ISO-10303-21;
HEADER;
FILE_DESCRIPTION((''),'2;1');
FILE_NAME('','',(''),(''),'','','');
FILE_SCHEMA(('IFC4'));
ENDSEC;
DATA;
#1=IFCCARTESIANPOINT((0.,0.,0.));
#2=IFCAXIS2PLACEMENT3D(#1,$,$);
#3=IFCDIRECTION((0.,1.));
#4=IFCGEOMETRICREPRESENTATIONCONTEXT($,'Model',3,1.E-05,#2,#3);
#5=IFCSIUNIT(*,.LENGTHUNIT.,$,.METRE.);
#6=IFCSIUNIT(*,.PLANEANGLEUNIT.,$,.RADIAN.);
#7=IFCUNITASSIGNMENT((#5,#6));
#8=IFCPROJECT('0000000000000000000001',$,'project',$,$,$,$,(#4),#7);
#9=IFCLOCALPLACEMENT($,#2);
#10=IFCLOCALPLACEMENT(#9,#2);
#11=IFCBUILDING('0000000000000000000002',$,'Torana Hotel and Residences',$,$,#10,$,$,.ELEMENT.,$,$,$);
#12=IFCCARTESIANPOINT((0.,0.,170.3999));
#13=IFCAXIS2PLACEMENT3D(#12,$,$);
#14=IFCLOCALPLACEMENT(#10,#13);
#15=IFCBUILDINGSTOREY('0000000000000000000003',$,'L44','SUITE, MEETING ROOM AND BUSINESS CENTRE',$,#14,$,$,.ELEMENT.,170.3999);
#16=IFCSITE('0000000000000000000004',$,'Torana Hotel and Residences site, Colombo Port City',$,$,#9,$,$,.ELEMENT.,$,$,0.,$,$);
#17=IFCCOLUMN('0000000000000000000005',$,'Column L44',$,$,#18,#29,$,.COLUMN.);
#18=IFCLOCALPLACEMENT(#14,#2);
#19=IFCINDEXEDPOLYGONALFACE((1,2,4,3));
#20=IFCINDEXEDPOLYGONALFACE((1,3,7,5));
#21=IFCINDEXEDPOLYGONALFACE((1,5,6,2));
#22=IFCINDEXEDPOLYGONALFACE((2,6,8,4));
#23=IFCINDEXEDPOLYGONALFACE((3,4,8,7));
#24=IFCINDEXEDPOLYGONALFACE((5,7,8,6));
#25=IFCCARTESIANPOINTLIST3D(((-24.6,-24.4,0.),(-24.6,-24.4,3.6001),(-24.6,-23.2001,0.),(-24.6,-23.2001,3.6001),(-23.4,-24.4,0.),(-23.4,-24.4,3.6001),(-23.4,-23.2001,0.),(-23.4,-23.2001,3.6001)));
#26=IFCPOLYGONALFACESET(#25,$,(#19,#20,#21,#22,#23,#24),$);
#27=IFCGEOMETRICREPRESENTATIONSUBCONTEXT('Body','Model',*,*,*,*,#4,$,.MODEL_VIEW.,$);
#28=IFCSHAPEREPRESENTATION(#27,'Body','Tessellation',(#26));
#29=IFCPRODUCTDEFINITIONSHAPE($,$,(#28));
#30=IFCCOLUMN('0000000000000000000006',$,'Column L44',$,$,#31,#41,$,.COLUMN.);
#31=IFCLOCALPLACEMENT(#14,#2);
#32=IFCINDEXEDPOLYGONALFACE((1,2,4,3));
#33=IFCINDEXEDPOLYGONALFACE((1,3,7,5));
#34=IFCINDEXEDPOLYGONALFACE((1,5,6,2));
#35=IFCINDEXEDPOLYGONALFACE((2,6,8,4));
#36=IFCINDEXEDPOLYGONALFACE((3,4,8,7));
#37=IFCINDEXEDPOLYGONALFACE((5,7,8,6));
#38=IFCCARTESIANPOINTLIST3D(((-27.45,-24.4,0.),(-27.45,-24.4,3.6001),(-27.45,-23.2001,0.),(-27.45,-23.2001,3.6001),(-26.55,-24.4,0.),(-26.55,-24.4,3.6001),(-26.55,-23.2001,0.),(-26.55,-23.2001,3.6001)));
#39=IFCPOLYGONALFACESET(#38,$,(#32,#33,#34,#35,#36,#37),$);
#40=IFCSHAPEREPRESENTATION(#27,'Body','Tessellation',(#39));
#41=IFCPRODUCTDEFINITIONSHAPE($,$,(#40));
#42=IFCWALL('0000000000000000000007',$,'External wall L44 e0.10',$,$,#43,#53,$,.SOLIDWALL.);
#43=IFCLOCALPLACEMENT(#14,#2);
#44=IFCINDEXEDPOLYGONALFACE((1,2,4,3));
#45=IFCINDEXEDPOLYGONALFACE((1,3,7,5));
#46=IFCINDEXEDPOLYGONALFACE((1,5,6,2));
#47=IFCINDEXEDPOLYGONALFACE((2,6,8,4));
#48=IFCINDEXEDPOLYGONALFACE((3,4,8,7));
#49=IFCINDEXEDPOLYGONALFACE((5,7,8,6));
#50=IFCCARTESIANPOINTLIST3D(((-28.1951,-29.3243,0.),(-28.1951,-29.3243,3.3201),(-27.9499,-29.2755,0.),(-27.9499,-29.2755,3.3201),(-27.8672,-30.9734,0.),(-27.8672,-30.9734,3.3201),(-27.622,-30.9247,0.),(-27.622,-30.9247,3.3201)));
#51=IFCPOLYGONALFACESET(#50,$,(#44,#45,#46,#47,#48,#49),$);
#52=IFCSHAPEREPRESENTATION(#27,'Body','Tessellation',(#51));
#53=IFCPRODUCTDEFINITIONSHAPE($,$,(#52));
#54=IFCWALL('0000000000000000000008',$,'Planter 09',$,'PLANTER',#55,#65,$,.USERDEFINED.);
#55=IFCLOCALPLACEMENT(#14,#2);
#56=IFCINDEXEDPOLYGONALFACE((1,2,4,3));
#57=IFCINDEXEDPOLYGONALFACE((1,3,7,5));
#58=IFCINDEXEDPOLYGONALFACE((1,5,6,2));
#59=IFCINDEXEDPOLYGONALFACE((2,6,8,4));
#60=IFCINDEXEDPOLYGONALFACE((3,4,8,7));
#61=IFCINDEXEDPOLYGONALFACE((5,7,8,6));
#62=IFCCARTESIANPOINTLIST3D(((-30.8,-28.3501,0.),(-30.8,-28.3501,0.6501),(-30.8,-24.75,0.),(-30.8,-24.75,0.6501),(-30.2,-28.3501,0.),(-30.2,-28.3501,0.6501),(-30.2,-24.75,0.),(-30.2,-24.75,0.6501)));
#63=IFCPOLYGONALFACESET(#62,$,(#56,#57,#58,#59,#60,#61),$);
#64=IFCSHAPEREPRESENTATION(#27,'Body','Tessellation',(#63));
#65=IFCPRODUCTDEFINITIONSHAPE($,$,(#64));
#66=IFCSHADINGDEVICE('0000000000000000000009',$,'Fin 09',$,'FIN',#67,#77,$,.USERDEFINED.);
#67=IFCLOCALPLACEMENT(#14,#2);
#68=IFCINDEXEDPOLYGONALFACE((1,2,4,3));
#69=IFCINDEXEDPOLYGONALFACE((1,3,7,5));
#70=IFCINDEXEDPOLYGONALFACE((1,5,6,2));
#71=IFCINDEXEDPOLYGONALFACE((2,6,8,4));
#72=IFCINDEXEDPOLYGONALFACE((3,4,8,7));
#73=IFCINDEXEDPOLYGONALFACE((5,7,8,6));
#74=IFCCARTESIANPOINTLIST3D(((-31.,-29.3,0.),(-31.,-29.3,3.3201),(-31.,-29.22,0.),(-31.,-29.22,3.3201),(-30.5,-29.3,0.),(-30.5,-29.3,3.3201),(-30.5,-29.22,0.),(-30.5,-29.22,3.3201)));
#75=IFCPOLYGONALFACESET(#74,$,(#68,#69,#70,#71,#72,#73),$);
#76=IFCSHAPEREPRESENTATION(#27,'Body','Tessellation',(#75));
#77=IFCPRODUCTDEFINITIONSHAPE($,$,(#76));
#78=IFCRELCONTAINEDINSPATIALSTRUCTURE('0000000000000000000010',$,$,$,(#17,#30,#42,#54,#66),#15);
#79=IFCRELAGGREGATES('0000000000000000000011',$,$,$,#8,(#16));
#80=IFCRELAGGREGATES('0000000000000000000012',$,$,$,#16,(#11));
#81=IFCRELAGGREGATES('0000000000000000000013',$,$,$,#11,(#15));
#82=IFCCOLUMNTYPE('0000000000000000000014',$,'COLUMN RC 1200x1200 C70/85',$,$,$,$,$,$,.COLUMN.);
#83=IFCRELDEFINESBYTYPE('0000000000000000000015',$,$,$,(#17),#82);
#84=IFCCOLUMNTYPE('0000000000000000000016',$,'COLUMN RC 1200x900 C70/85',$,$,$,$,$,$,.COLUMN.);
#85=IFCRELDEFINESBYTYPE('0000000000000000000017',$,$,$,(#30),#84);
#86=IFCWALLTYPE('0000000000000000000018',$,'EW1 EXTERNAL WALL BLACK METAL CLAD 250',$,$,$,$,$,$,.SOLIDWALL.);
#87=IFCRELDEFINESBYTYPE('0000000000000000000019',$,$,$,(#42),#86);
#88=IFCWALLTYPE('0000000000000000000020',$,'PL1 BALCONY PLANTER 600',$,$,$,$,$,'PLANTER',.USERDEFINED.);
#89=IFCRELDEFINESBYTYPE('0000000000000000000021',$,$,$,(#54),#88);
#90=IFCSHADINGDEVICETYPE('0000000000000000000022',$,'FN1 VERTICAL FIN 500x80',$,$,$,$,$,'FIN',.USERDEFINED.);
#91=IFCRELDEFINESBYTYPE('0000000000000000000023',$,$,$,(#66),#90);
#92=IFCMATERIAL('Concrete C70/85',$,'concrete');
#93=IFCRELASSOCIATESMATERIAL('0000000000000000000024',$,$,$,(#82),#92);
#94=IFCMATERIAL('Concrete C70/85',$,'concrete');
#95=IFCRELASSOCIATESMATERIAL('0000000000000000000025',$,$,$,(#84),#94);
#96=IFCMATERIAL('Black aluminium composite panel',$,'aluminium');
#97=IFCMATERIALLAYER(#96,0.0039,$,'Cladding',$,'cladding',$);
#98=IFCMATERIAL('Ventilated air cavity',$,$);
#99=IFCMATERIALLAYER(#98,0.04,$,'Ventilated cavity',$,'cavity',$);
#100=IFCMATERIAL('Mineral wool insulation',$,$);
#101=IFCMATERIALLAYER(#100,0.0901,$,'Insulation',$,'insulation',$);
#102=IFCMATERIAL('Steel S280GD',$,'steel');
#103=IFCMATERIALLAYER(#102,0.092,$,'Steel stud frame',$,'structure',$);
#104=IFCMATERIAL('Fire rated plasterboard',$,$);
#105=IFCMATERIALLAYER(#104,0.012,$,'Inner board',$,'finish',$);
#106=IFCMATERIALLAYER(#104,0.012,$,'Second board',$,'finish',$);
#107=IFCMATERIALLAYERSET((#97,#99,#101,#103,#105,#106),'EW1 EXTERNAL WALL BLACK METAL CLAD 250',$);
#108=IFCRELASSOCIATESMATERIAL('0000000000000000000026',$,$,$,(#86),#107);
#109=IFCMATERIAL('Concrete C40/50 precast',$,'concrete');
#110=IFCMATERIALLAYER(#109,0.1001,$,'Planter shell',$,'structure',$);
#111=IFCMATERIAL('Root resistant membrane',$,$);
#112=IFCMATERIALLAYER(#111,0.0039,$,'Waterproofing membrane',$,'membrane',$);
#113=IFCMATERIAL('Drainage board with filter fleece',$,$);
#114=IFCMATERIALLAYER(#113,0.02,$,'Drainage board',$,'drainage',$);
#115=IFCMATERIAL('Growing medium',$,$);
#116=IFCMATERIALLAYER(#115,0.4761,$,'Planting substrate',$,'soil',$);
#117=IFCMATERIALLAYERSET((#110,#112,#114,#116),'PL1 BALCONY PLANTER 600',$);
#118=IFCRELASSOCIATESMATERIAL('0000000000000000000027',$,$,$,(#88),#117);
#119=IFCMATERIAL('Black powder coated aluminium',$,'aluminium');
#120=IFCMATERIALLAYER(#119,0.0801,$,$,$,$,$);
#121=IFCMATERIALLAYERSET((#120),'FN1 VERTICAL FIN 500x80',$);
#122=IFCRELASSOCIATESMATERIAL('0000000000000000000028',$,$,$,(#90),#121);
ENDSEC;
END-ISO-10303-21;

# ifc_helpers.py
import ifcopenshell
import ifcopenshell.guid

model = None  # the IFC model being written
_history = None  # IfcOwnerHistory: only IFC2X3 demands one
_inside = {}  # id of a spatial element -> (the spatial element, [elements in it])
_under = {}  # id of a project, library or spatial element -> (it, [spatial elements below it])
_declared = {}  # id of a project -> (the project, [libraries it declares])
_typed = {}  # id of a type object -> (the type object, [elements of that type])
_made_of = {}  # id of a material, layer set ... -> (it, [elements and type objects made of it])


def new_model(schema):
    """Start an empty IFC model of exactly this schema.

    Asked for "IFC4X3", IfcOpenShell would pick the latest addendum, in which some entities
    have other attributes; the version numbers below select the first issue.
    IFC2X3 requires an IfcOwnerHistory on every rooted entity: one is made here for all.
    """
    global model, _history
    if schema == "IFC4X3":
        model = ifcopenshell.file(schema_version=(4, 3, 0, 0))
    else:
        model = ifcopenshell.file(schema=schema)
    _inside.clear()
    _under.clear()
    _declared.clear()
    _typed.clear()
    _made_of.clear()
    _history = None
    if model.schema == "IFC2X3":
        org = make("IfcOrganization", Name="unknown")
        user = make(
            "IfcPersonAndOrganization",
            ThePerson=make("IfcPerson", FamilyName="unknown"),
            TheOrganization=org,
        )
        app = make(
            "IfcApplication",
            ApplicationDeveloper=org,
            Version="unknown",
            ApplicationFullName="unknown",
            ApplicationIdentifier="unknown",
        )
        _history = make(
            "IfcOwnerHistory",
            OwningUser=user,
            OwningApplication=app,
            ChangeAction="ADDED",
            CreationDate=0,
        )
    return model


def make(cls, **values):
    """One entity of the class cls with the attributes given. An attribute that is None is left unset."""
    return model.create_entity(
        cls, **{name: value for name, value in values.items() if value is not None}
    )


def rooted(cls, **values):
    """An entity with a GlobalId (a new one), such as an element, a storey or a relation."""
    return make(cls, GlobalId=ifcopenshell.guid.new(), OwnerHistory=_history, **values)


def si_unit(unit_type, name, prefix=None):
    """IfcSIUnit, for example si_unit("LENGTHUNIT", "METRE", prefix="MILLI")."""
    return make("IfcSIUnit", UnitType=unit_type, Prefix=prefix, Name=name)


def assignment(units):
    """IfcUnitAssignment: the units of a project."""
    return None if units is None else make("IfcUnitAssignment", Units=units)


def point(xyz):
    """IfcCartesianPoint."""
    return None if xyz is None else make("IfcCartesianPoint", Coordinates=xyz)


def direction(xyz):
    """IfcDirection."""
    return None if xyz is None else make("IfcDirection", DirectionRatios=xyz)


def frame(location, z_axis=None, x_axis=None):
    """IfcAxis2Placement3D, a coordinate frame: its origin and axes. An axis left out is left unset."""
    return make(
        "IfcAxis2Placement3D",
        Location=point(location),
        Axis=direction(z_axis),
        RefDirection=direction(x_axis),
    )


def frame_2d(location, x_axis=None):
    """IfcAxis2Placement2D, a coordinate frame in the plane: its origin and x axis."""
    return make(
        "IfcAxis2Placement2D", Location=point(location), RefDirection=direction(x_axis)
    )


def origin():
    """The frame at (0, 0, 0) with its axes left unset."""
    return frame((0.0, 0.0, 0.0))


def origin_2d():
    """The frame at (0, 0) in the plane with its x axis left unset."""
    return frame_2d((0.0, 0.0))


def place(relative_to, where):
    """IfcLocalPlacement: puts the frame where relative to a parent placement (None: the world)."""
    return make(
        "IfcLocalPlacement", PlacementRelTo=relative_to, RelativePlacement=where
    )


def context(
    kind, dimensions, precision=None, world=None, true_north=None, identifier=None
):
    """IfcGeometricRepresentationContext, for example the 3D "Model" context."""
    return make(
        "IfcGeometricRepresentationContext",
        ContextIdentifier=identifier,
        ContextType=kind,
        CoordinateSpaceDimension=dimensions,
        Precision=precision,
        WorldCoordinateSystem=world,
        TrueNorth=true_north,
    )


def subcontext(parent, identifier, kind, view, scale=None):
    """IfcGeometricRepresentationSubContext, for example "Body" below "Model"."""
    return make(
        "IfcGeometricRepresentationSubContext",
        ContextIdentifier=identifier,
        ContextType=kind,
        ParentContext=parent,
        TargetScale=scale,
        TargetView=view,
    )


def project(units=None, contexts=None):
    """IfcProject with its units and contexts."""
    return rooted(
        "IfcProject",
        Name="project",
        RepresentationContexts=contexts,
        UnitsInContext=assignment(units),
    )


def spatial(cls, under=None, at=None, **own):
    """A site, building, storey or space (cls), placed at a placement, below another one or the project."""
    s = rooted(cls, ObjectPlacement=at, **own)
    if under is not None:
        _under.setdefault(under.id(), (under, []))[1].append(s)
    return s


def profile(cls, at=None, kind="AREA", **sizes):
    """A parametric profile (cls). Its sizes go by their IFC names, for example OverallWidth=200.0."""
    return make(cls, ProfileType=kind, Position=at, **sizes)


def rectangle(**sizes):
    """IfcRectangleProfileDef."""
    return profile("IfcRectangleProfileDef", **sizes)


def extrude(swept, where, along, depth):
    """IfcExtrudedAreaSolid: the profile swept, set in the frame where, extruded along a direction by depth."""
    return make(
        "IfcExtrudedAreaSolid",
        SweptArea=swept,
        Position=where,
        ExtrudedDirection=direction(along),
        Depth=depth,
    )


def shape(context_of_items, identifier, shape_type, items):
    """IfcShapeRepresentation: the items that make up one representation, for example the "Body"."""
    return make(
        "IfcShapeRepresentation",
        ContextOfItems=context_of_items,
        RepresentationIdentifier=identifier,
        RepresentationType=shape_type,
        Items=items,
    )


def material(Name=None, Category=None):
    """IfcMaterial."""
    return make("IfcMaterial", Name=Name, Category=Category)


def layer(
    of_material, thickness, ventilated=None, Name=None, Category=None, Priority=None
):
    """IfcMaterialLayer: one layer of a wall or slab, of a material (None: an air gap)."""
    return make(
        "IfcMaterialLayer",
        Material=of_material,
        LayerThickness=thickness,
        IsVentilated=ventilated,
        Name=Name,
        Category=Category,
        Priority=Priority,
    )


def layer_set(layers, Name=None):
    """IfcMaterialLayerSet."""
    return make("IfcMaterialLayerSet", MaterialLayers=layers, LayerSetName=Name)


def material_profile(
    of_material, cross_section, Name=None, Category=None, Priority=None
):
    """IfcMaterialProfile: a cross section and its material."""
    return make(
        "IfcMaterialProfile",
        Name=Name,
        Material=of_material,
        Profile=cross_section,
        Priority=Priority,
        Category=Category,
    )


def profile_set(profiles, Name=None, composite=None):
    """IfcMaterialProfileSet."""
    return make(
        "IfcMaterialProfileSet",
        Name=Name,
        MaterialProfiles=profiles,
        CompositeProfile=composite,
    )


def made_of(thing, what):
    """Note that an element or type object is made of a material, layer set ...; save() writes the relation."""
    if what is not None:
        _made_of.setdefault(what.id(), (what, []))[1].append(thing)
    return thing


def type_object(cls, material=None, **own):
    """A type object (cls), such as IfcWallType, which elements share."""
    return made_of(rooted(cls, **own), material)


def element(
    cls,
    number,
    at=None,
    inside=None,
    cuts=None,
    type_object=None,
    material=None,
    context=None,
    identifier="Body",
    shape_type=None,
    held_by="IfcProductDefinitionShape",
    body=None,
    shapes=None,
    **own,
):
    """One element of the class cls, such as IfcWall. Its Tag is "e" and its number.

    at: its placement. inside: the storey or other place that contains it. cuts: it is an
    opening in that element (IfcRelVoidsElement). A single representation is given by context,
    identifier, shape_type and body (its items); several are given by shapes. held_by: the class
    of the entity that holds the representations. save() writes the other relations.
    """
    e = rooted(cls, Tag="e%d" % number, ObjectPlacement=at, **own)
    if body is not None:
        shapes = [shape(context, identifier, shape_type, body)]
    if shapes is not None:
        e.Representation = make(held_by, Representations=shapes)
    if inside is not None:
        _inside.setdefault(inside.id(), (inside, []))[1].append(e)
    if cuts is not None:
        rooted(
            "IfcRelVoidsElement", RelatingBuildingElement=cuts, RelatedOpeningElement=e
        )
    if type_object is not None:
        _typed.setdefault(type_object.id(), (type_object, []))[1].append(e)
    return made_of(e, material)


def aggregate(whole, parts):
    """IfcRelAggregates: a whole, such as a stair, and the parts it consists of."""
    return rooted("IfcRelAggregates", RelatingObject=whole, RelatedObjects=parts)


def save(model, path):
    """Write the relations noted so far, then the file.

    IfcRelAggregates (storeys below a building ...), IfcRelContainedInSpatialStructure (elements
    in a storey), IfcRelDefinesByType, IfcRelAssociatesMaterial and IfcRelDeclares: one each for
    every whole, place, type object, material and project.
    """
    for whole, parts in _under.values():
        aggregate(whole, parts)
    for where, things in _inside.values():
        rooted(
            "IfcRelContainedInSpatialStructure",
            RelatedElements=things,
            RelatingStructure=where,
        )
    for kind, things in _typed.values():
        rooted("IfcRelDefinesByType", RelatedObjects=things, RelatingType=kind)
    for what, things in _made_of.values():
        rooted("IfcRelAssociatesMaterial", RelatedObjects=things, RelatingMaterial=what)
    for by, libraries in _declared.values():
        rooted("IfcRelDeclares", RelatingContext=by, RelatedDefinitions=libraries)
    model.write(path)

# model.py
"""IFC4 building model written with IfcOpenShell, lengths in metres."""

from ifc_helpers import new_model, si_unit, direction, frame, frame_2d, origin, origin_2d, place, context, subcontext, project, spatial, rectangle, extrude, material, layer, layer_set, material_profile, profile_set, type_object, element, save


model = new_model("IFC4")

# Units and contexts
model_context = context("Model", 3, precision=1e-05, world=origin(), true_north=direction((0.0, 1.0)))
body_context = subcontext(model_context, "Body", "Model", "MODEL_VIEW")
ifc_project = project(units=[si_unit("LENGTHUNIT", "METRE"), si_unit("PLANEANGLEUNIT", "RADIAN")], contexts=[model_context])

# Site, building, storey
site_placement = place(None, origin())
site = spatial("IfcSite", under=ifc_project, at=site_placement, Name="Torana Hotel and Residences site, Colombo Port City", CompositionType="ELEMENT", RefElevation=0.0)
building_placement = place(site_placement, origin())
building = spatial("IfcBuilding", under=site, at=building_placement, Name="Torana Hotel and Residences", CompositionType="ELEMENT")
storey_placement = place(building_placement, frame((0.0, 0.0, 170.3999)))
storey = spatial("IfcBuildingStorey", under=building, at=storey_placement, Name="L44", Description="SUITE, MEETING ROOM AND BUSINESS CENTRE", CompositionType="ELEMENT", Elevation=170.3999)

# Columns
ifc_material_1 = material(Name="Concrete C70/85", Category="concrete")
ifc_material_profile_1 = material_profile(ifc_material_1, rectangle(XDim=1.2, YDim=1.2, at=origin_2d()), Name="RC 1200x1200")
ifc_profile_set_1 = profile_set([ifc_material_profile_1], Name="Concrete C70/85")
column_type_1 = type_object("IfcColumnType", Name="COLUMN RC 1200x1200 C70/85", PredefinedType="COLUMN", material=ifc_profile_set_1)
column_1_placement = place(storey_placement, frame((-24.0, -23.8, 0.0), z_axis=(0.0, 0.0, 1.0), x_axis=(1.0, 0.0, 0.0)))
element("IfcColumn", 1, at=column_1_placement, inside=storey, type_object=column_type_1, Name="Column L44", PredefinedType="COLUMN", context=body_context, shape_type="SweptSolid", body=[
    extrude(rectangle(XDim=1.2, YDim=1.2, at=origin_2d()), origin(), (0.0, 0.0, 1.0), 3.6001),
])
ifc_material_2 = material(Name="Concrete C70/85", Category="concrete")
ifc_material_profile_2 = material_profile(ifc_material_2, rectangle(XDim=1.2, YDim=0.8999, at=origin_2d()), Name="RC 1200x900")
ifc_profile_set_2 = profile_set([ifc_material_profile_2], Name="Concrete C70/85")
column_type_2 = type_object("IfcColumnType", Name="COLUMN RC 1200x900 C70/85", PredefinedType="COLUMN", material=ifc_profile_set_2)
column_2_placement = place(storey_placement, frame((-27.0, -23.8, 0.0), z_axis=(0.0, 0.0, 1.0), x_axis=(0.0, 1.0, 0.0)))
element("IfcColumn", 2, at=column_2_placement, inside=storey, type_object=column_type_2, Name="Column L44", PredefinedType="COLUMN", context=body_context, shape_type="SweptSolid", body=[
    extrude(rectangle(XDim=1.2, YDim=0.8999, at=origin_2d()), origin(), (0.0, 0.0, 1.0), 3.6001),
])

# Walls
ifc_material_3 = material(Name="Black aluminium composite panel", Category="aluminium")
ifc_layer_1 = layer(ifc_material_3, 0.0039, Name="Cladding", Category="cladding")
ifc_material_4 = material(Name="Ventilated air cavity")
ifc_layer_2 = layer(ifc_material_4, 0.04, Name="Ventilated cavity", Category="cavity")
ifc_material_5 = material(Name="Mineral wool insulation")
ifc_layer_3 = layer(ifc_material_5, 0.0901, Name="Insulation", Category="insulation")
ifc_material_6 = material(Name="Steel S280GD", Category="steel")
ifc_layer_4 = layer(ifc_material_6, 0.092, Name="Steel stud frame", Category="structure")
ifc_material_7 = material(Name="Fire rated plasterboard")
ifc_layer_5 = layer(ifc_material_7, 0.012, Name="Inner board", Category="finish")
ifc_layer_6 = layer(ifc_material_7, 0.012, Name="Second board", Category="finish")
ifc_layer_set_1 = layer_set([ifc_layer_1, ifc_layer_2, ifc_layer_3, ifc_layer_4, ifc_layer_5, ifc_layer_6], Name="EW1 EXTERNAL WALL BLACK METAL CLAD 250")
wall_type_1 = type_object("IfcWallType", Name="EW1 EXTERNAL WALL BLACK METAL CLAD 250", PredefinedType="SOLIDWALL", material=ifc_layer_set_1)
wall_1_placement = place(storey_placement, frame((-28.0725, -29.2998, 0.0), z_axis=(0.0, 0.0, 1.0), x_axis=(0.194999, -0.980803, 0.0)))
element("IfcWall", 3, at=wall_1_placement, inside=storey, type_object=wall_type_1, Name="External wall L44 e0.10", PredefinedType="SOLIDWALL", context=body_context, shape_type="SweptSolid", body=[
    extrude(rectangle(XDim=1.6814, YDim=0.25, at=frame_2d((0.8408, 0.0))), origin(), (0.0, 0.0, 1.0), 3.3201),
])
ifc_material_8 = material(Name="Concrete C40/50 precast", Category="concrete")
ifc_layer_7 = layer(ifc_material_8, 0.1001, Name="Planter shell", Category="structure")
ifc_material_9 = material(Name="Root resistant membrane")
ifc_layer_8 = layer(ifc_material_9, 0.0039, Name="Waterproofing membrane", Category="membrane")
ifc_material_10 = material(Name="Drainage board with filter fleece")
ifc_layer_9 = layer(ifc_material_10, 0.02, Name="Drainage board", Category="drainage")
ifc_material_11 = material(Name="Growing medium")
ifc_layer_10 = layer(ifc_material_11, 0.4761, Name="Planting substrate", Category="soil")
ifc_layer_set_2 = layer_set([ifc_layer_7, ifc_layer_8, ifc_layer_9, ifc_layer_10], Name="PL1 BALCONY PLANTER 600")
wall_type_2 = type_object("IfcWallType", Name="PL1 BALCONY PLANTER 600", ElementType="PLANTER", PredefinedType="USERDEFINED", material=ifc_layer_set_2)
wall_2_placement = place(storey_placement, frame((-30.5, -28.3501, 0.0), z_axis=(0.0, 0.0, 1.0), x_axis=(0.0, 1.0, 0.0)))
element("IfcWall", 4, at=wall_2_placement, inside=storey, type_object=wall_type_2, Name="Planter 09", ObjectType="PLANTER", PredefinedType="USERDEFINED", context=body_context, shape_type="SweptSolid", body=[
    extrude(rectangle(XDim=3.6001, YDim=0.6001, at=frame_2d((1.8, 0.0))), origin(), (0.0, 0.0, 1.0), 0.6501),
])

# Shading device
ifc_material_12 = material(Name="Black powder coated aluminium", Category="aluminium")
ifc_layer_11 = layer(ifc_material_12, 0.0801)
ifc_layer_set_3 = layer_set([ifc_layer_11], Name="FN1 VERTICAL FIN 500x80")
shading_device_type = type_object("IfcShadingDeviceType", Name="FN1 VERTICAL FIN 500x80", ElementType="FIN", PredefinedType="USERDEFINED", material=ifc_layer_set_3)
shading_device_placement = place(storey_placement, frame((-30.75, -29.26, 0.0), z_axis=(0.0, 0.0, 1.0), x_axis=(0.0, 1.0, 0.0)))
element("IfcShadingDevice", 5, at=shading_device_placement, inside=storey, type_object=shading_device_type, Name="Fin 09", ObjectType="FIN", PredefinedType="USERDEFINED", context=body_context, shape_type="SweptSolid", body=[
    extrude(rectangle(XDim=0.0801, YDim=0.5, at=origin_2d()), origin(), (0.0, 0.0, 1.0), 3.3201),
])

save(model, "model.ifc")
